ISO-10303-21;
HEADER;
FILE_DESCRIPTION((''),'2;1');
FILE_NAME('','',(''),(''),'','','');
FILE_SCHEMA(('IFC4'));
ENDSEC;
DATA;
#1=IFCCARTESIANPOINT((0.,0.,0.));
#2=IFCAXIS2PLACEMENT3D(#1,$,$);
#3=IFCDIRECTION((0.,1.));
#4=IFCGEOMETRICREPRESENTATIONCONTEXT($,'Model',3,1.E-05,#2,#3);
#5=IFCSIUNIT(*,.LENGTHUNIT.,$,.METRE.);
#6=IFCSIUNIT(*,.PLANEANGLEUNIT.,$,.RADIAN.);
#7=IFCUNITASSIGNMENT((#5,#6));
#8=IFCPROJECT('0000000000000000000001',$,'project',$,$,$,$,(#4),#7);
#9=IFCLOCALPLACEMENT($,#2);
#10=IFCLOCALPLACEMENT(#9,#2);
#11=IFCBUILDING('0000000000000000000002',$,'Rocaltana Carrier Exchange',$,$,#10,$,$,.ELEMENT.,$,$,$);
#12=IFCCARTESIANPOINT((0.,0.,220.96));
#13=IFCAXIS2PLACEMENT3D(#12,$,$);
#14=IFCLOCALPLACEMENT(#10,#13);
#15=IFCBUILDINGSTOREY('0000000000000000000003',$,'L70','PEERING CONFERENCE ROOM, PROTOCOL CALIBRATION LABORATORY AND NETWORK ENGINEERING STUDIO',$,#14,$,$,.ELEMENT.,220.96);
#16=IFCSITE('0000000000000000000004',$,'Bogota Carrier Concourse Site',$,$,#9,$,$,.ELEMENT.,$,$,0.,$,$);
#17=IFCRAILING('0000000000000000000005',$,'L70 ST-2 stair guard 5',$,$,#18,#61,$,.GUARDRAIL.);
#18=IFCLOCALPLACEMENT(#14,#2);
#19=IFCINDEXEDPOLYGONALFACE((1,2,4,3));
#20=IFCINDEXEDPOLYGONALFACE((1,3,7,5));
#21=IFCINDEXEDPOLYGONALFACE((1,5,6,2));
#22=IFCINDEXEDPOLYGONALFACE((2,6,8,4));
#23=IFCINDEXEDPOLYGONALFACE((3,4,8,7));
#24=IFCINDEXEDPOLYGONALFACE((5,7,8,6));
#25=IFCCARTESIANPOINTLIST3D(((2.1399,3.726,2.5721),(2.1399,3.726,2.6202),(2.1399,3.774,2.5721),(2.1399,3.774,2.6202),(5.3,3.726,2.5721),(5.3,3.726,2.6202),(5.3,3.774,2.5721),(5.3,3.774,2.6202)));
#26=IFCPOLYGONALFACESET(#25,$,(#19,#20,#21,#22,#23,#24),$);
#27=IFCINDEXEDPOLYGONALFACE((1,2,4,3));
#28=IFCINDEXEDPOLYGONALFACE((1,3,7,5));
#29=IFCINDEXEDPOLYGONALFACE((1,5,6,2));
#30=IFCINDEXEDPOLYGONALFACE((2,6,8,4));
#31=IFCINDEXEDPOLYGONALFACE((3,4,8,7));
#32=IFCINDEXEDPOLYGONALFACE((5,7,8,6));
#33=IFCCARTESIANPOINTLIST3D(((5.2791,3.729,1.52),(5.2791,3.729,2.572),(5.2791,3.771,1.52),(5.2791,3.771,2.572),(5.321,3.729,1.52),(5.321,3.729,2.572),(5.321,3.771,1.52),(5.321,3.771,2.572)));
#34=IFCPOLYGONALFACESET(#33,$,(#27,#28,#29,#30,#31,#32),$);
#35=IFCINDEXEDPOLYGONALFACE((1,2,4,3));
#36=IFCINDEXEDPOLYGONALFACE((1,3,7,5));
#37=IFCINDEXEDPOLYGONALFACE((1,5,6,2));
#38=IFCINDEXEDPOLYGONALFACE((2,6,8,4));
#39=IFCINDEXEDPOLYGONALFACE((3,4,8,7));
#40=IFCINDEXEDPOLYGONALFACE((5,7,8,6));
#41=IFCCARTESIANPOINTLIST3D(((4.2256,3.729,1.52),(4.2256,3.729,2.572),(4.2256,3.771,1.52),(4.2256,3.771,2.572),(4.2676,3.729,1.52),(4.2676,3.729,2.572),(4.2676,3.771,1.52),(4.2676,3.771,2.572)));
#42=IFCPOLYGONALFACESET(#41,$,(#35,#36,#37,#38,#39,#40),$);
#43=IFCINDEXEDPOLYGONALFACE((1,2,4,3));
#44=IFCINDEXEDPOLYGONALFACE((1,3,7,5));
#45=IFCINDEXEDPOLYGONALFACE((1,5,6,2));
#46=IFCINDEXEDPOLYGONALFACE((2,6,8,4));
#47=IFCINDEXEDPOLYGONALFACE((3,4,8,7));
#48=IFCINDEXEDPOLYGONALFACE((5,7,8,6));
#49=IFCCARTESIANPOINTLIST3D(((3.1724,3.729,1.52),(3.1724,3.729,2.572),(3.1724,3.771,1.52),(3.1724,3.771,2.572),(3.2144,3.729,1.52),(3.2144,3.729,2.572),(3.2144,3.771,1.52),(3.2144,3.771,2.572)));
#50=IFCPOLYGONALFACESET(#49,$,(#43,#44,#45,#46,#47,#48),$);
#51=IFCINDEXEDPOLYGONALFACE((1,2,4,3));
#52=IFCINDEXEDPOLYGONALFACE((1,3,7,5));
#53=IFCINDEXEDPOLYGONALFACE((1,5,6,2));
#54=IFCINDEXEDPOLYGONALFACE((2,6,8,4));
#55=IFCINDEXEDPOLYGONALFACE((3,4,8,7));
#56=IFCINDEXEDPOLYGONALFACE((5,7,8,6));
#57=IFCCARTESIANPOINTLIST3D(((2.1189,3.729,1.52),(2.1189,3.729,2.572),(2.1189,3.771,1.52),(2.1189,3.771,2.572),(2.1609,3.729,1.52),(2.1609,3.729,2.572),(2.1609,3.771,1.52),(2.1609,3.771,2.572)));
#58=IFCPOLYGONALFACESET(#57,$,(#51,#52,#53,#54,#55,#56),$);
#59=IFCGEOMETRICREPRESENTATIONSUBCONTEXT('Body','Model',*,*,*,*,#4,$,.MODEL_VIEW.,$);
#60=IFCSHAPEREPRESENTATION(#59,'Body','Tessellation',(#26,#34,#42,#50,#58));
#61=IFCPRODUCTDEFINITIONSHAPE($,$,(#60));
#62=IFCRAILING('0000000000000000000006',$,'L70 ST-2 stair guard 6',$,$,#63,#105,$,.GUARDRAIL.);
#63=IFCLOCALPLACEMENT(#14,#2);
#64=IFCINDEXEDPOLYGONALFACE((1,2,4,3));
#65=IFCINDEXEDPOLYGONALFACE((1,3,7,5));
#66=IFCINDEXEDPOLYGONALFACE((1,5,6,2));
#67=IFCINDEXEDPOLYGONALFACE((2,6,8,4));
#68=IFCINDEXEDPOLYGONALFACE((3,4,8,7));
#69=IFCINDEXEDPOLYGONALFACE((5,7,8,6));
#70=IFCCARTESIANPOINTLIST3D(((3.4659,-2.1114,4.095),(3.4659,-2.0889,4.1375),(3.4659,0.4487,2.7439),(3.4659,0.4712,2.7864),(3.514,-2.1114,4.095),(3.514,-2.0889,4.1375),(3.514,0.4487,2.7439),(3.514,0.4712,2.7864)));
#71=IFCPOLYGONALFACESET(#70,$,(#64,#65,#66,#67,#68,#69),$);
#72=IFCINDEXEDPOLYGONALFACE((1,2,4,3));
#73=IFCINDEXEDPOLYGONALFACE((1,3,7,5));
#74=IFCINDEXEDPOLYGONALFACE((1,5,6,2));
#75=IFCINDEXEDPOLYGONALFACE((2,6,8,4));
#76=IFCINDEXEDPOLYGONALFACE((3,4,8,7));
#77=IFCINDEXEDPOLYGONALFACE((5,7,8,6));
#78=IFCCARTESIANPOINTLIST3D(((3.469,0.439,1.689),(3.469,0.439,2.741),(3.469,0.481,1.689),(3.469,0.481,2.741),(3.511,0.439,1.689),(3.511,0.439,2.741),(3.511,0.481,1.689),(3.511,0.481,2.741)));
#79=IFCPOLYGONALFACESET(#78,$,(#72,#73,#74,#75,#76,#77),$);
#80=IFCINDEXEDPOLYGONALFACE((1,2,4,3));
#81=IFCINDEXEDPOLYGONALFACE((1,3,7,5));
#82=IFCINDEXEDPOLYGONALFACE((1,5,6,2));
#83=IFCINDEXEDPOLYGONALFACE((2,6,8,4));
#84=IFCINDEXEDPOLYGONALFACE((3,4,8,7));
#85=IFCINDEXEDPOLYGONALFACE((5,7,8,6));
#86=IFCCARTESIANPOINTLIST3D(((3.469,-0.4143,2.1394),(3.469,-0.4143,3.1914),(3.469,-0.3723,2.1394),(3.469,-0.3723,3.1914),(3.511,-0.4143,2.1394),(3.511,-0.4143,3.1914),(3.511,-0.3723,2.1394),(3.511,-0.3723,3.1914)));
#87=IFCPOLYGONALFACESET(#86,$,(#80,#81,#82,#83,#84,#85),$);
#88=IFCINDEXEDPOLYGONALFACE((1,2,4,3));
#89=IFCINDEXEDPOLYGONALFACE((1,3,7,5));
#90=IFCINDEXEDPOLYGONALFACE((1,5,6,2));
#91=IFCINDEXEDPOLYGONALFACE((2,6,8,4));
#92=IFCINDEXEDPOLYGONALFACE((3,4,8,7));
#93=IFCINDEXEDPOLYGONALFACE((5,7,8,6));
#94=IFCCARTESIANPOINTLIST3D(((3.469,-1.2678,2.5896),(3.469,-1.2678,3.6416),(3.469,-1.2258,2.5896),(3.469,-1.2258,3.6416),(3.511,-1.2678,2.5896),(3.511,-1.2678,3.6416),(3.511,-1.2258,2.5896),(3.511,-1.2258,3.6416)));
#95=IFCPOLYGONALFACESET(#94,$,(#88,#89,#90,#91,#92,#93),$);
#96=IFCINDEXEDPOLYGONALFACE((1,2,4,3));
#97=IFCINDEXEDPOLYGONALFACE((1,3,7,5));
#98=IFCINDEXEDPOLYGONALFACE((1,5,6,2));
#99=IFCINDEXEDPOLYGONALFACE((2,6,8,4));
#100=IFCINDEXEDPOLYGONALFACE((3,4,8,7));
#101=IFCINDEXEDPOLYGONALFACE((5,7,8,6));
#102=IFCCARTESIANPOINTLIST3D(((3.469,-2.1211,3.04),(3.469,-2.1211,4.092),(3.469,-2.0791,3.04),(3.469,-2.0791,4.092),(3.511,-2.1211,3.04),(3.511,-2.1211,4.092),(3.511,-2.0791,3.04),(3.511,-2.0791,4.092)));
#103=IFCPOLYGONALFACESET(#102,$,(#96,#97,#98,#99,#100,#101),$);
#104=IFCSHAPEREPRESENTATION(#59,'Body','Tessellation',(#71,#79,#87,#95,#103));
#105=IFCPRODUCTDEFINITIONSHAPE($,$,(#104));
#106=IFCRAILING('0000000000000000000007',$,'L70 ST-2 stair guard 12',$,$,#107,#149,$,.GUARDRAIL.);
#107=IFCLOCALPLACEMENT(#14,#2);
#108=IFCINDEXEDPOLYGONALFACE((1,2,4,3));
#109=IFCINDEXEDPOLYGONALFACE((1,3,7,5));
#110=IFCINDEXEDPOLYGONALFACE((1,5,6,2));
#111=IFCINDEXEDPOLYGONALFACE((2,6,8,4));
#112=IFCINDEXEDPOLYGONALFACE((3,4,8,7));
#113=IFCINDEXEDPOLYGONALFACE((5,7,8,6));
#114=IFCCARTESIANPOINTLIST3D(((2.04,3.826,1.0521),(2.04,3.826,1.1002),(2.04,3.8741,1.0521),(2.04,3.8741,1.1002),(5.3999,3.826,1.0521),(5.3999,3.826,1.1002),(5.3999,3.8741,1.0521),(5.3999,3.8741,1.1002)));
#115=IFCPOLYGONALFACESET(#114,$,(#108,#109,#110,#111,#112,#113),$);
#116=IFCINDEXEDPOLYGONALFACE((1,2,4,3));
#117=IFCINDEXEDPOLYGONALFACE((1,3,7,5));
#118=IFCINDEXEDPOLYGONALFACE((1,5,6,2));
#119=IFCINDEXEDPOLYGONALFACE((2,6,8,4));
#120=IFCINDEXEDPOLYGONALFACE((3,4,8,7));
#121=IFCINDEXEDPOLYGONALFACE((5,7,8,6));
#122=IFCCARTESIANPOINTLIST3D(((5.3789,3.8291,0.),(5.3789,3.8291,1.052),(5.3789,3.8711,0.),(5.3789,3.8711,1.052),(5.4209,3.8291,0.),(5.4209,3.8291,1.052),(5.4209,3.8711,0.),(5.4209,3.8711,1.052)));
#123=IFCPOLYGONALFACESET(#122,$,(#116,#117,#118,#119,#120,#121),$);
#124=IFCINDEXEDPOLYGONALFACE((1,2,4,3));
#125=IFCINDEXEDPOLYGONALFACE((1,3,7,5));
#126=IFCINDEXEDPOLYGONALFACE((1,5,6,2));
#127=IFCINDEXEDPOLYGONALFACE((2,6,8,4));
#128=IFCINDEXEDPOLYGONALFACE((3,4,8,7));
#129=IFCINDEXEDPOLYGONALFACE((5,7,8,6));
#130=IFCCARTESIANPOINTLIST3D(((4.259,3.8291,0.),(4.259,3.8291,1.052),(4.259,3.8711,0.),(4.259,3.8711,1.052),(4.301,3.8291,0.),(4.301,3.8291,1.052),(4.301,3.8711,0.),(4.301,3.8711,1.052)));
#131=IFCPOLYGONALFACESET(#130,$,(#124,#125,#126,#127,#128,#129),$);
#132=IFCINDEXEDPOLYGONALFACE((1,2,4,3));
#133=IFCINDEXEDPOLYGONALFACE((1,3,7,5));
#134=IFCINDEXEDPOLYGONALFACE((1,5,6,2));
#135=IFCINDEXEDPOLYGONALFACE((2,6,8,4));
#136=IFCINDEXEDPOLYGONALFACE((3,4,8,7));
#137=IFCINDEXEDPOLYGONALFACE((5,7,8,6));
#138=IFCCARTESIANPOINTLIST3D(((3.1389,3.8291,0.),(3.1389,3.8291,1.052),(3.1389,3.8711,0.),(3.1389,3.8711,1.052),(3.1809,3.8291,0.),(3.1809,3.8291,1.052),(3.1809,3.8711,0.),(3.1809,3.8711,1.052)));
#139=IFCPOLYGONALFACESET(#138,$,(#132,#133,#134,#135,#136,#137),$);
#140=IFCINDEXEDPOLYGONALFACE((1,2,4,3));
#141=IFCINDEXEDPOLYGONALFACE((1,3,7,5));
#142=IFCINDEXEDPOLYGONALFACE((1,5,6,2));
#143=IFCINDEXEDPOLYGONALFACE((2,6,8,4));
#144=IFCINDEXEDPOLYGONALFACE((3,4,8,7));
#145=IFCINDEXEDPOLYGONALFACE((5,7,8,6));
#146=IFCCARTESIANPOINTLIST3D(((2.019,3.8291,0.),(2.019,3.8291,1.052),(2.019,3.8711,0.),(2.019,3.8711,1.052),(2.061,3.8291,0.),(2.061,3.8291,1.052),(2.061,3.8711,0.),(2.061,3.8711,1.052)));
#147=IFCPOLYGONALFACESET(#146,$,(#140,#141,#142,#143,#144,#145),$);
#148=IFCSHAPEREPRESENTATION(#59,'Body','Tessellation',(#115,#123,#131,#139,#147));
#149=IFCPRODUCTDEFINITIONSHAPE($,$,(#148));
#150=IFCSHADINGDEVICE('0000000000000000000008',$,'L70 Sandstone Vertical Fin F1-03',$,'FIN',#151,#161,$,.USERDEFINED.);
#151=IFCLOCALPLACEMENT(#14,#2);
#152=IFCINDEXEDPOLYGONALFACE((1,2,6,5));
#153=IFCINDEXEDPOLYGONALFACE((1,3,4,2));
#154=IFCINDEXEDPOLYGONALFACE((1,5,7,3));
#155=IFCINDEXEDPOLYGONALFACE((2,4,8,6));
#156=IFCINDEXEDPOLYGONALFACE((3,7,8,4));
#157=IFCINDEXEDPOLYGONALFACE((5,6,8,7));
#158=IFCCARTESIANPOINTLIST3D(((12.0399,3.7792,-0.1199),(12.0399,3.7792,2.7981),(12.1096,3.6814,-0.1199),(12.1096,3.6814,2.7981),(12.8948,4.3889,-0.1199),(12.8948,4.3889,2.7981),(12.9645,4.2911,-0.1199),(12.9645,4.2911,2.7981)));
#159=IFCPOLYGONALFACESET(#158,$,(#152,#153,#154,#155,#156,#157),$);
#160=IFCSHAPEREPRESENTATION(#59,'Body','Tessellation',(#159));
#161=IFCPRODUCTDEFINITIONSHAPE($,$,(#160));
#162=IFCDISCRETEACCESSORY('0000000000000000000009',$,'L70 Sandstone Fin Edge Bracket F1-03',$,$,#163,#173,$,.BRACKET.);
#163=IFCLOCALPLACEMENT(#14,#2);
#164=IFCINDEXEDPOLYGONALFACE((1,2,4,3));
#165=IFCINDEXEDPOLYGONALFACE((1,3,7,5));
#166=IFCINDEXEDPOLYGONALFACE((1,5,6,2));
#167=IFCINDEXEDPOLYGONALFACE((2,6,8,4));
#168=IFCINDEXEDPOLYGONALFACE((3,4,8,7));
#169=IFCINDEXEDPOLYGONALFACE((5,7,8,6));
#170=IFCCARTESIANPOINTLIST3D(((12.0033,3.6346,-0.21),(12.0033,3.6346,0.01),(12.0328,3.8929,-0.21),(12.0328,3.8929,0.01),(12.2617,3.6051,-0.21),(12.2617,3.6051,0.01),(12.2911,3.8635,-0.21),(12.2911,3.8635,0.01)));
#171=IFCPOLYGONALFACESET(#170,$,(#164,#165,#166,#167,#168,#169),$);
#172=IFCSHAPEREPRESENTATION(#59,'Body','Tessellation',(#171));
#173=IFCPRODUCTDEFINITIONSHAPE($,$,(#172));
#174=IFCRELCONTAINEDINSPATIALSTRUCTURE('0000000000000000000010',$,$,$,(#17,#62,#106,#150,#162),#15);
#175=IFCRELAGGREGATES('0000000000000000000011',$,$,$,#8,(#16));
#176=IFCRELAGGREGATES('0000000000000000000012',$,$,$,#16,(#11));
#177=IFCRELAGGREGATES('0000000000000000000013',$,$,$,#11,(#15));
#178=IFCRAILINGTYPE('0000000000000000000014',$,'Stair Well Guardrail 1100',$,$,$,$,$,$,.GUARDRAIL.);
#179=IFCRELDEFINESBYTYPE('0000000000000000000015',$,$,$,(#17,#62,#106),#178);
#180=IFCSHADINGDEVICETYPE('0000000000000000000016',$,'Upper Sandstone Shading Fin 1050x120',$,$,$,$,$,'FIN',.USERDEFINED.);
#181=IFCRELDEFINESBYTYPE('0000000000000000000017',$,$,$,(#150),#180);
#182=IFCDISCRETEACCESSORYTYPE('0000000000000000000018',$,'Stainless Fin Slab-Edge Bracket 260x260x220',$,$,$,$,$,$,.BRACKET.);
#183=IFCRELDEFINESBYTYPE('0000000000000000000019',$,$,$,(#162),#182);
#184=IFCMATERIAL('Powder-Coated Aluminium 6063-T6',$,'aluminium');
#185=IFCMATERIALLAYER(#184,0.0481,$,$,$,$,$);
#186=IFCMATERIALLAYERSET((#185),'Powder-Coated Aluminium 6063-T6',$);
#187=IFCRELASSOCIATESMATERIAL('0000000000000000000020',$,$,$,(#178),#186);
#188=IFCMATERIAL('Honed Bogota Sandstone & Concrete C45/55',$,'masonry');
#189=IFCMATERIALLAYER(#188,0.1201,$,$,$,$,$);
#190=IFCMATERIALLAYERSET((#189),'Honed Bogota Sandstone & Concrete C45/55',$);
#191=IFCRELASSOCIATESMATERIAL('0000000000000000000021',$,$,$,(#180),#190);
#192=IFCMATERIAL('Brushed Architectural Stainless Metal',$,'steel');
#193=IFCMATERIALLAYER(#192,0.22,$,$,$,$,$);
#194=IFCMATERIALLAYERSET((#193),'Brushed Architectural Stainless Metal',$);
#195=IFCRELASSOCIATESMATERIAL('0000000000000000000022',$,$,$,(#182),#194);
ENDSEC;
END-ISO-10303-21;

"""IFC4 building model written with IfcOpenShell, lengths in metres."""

from ifc_helpers import new_model, si_unit, direction, frame, origin, origin_2d, place, context, subcontext, project, spatial, rectangle, extrude, material, layer, layer_set, type_object, element, save


model = new_model("IFC4")

# Units and contexts
model_context = context("Model", 3, precision=1e-05, world=origin(), true_north=direction((0.0, 1.0)))
body_context = subcontext(model_context, "Body", "Model", "MODEL_VIEW")
ifc_project = project(units=[si_unit("LENGTHUNIT", "METRE"), si_unit("PLANEANGLEUNIT", "RADIAN")], contexts=[model_context])

# Site, building, storey
site_placement = place(None, origin())
site = spatial("IfcSite", under=ifc_project, at=site_placement, Name="Bogota Carrier Concourse Site", CompositionType="ELEMENT", RefElevation=0.0)
building_placement = place(site_placement, origin())
building = spatial("IfcBuilding", under=site, at=building_placement, Name="Rocaltana Carrier Exchange", CompositionType="ELEMENT")
storey_placement = place(building_placement, frame((0.0, 0.0, 220.96)))
storey = spatial("IfcBuildingStorey", under=building, at=storey_placement, Name="L70", Description="PEERING CONFERENCE ROOM, PROTOCOL CALIBRATION LABORATORY AND NETWORK ENGINEERING STUDIO", CompositionType="ELEMENT", Elevation=220.96)

# Railings
ifc_material_1 = material(Name="Powder-Coated Aluminium 6063-T6", Category="aluminium")
ifc_layer_1 = layer(ifc_material_1, 0.0481)
ifc_layer_set_1 = layer_set([ifc_layer_1], Name="Powder-Coated Aluminium 6063-T6")
railing_type_1 = type_object("IfcRailingType", Name="Stair Well Guardrail 1100", PredefinedType="GUARDRAIL", material=ifc_layer_set_1)
railing_1_placement = place(storey_placement, frame((5.3, 3.75, 1.52)))
element("IfcRailing", 1, at=railing_1_placement, inside=storey, type_object=railing_type_1, Name="L70 ST-2 stair guard 5", PredefinedType="GUARDRAIL", context=body_context, shape_type="SweptSolid", body=[
    extrude(rectangle(XDim=0.0481, YDim=0.0481, at=origin_2d()), frame((0.0, 0.0, 1.0762), z_axis=(-1.0, 0.0, 0.0), x_axis=(0.0, -1.0, 0.0)), (0.0, 0.0, 1.0), 3.1602),
    extrude(rectangle(XDim=0.042, YDim=0.042, at=origin_2d()), origin(), (0.0, 0.0, 1.0), 1.052),
    extrude(rectangle(XDim=0.042, YDim=0.042, at=origin_2d()), frame((-1.0535, 0.0, 0.0)), (0.0, 0.0, 1.0), 1.052),
    extrude(rectangle(XDim=0.042, YDim=0.042, at=origin_2d()), frame((-2.1067, 0.0, 0.0)), (0.0, 0.0, 1.0), 1.052),
    extrude(rectangle(XDim=0.042, YDim=0.042, at=origin_2d()), frame((-3.1602, 0.0, 0.0)), (0.0, 0.0, 1.0), 1.052),
])
railing_2_placement = place(storey_placement, frame((3.49, 0.46, 1.689)))
element("IfcRailing", 2, at=railing_2_placement, inside=storey, type_object=railing_type_1, Name="L70 ST-2 stair guard 6", PredefinedType="GUARDRAIL", context=body_context, shape_type="SweptSolid", body=[
    extrude(rectangle(XDim=0.0481, YDim=0.0481, at=origin_2d()), frame((0.0, 0.0, 1.0762), z_axis=(0.0, -0.884394, 0.46674), x_axis=(1.0, 0.0, 0.0)), (0.0, 0.0, 1.0), 2.8948),
    extrude(rectangle(XDim=0.042, YDim=0.042, at=origin_2d()), origin(), (0.0, 0.0, 1.0), 1.052),
    extrude(rectangle(XDim=0.042, YDim=0.042, at=origin_2d()), frame((0.0, -0.8533, 0.4504)), (0.0, 0.0, 1.0), 1.052),
    extrude(rectangle(XDim=0.042, YDim=0.042, at=origin_2d()), frame((0.0, -1.7068, 0.9006)), (0.0, 0.0, 1.0), 1.052),
    extrude(rectangle(XDim=0.042, YDim=0.042, at=origin_2d()), frame((0.0, -2.5601, 1.3511)), (0.0, 0.0, 1.0), 1.052),
])
railing_3_placement = place(storey_placement, frame((5.3999, 3.8501, 0.0)))
element("IfcRailing", 3, at=railing_3_placement, inside=storey, type_object=railing_type_1, Name="L70 ST-2 stair guard 12", PredefinedType="GUARDRAIL", context=body_context, shape_type="SweptSolid", body=[
    extrude(rectangle(XDim=0.0481, YDim=0.0481, at=origin_2d()), frame((0.0, 0.0, 1.0762), z_axis=(-1.0, 0.0, 0.0), x_axis=(0.0, -1.0, 0.0)), (0.0, 0.0, 1.0), 3.3599),
    extrude(rectangle(XDim=0.042, YDim=0.042, at=origin_2d()), origin(), (0.0, 0.0, 1.0), 1.052),
    extrude(rectangle(XDim=0.042, YDim=0.042, at=origin_2d()), frame((-1.1199, 0.0, 0.0)), (0.0, 0.0, 1.0), 1.052),
    extrude(rectangle(XDim=0.042, YDim=0.042, at=origin_2d()), frame((-2.24, 0.0, 0.0)), (0.0, 0.0, 1.0), 1.052),
    extrude(rectangle(XDim=0.042, YDim=0.042, at=origin_2d()), frame((-3.3599, 0.0, 0.0)), (0.0, 0.0, 1.0), 1.052),
])

# Shading device
ifc_material_2 = material(Name="Honed Bogota Sandstone & Concrete C45/55", Category="masonry")
ifc_layer_2 = layer(ifc_material_2, 0.1201)
ifc_layer_set_2 = layer_set([ifc_layer_2], Name="Honed Bogota Sandstone & Concrete C45/55")
shading_device_type = type_object("IfcShadingDeviceType", Name="Upper Sandstone Shading Fin 1050x120", ElementType="FIN", PredefinedType="USERDEFINED", material=ifc_layer_set_2)
shading_device_placement = place(storey_placement, frame((12.5022, 4.0352, -0.1199), z_axis=(0.0, 0.0, 1.0), x_axis=(0.814116, 0.580703, 0.0)))
element("IfcShadingDevice", 4, at=shading_device_placement, inside=storey, type_object=shading_device_type, Name="L70 Sandstone Vertical Fin F1-03", ObjectType="FIN", PredefinedType="USERDEFINED", context=body_context, shape_type="SweptSolid", body=[
    extrude(rectangle(XDim=1.05, YDim=0.1201, at=origin_2d()), origin(), (0.0, 0.0, 1.0), 2.918),
])

# Discrete accessory
ifc_material_3 = material(Name="Brushed Architectural Stainless Metal", Category="steel")
ifc_layer_3 = layer(ifc_material_3, 0.22)
ifc_layer_set_3 = layer_set([ifc_layer_3], Name="Brushed Architectural Stainless Metal")
discrete_accessory_type = type_object("IfcDiscreteAccessoryType", Name="Stainless Fin Slab-Edge Bracket 260x260x220", PredefinedType="BRACKET", material=ifc_layer_set_3)
discrete_accessory_placement = place(storey_placement, frame((12.1472, 3.749, -0.21), z_axis=(0.0, 0.0, 1.0), x_axis=(0.113203, 0.993572, 0.0)))
element("IfcDiscreteAccessory", 5, at=discrete_accessory_placement, inside=storey, type_object=discrete_accessory_type, Name="L70 Sandstone Fin Edge Bracket F1-03", PredefinedType="BRACKET", context=body_context, shape_type="SweptSolid", body=[
    extrude(rectangle(XDim=0.26, YDim=0.26, at=origin_2d()), origin(), (0.0, 0.0, 1.0), 0.22),
])

save(model, "model.ifc")
